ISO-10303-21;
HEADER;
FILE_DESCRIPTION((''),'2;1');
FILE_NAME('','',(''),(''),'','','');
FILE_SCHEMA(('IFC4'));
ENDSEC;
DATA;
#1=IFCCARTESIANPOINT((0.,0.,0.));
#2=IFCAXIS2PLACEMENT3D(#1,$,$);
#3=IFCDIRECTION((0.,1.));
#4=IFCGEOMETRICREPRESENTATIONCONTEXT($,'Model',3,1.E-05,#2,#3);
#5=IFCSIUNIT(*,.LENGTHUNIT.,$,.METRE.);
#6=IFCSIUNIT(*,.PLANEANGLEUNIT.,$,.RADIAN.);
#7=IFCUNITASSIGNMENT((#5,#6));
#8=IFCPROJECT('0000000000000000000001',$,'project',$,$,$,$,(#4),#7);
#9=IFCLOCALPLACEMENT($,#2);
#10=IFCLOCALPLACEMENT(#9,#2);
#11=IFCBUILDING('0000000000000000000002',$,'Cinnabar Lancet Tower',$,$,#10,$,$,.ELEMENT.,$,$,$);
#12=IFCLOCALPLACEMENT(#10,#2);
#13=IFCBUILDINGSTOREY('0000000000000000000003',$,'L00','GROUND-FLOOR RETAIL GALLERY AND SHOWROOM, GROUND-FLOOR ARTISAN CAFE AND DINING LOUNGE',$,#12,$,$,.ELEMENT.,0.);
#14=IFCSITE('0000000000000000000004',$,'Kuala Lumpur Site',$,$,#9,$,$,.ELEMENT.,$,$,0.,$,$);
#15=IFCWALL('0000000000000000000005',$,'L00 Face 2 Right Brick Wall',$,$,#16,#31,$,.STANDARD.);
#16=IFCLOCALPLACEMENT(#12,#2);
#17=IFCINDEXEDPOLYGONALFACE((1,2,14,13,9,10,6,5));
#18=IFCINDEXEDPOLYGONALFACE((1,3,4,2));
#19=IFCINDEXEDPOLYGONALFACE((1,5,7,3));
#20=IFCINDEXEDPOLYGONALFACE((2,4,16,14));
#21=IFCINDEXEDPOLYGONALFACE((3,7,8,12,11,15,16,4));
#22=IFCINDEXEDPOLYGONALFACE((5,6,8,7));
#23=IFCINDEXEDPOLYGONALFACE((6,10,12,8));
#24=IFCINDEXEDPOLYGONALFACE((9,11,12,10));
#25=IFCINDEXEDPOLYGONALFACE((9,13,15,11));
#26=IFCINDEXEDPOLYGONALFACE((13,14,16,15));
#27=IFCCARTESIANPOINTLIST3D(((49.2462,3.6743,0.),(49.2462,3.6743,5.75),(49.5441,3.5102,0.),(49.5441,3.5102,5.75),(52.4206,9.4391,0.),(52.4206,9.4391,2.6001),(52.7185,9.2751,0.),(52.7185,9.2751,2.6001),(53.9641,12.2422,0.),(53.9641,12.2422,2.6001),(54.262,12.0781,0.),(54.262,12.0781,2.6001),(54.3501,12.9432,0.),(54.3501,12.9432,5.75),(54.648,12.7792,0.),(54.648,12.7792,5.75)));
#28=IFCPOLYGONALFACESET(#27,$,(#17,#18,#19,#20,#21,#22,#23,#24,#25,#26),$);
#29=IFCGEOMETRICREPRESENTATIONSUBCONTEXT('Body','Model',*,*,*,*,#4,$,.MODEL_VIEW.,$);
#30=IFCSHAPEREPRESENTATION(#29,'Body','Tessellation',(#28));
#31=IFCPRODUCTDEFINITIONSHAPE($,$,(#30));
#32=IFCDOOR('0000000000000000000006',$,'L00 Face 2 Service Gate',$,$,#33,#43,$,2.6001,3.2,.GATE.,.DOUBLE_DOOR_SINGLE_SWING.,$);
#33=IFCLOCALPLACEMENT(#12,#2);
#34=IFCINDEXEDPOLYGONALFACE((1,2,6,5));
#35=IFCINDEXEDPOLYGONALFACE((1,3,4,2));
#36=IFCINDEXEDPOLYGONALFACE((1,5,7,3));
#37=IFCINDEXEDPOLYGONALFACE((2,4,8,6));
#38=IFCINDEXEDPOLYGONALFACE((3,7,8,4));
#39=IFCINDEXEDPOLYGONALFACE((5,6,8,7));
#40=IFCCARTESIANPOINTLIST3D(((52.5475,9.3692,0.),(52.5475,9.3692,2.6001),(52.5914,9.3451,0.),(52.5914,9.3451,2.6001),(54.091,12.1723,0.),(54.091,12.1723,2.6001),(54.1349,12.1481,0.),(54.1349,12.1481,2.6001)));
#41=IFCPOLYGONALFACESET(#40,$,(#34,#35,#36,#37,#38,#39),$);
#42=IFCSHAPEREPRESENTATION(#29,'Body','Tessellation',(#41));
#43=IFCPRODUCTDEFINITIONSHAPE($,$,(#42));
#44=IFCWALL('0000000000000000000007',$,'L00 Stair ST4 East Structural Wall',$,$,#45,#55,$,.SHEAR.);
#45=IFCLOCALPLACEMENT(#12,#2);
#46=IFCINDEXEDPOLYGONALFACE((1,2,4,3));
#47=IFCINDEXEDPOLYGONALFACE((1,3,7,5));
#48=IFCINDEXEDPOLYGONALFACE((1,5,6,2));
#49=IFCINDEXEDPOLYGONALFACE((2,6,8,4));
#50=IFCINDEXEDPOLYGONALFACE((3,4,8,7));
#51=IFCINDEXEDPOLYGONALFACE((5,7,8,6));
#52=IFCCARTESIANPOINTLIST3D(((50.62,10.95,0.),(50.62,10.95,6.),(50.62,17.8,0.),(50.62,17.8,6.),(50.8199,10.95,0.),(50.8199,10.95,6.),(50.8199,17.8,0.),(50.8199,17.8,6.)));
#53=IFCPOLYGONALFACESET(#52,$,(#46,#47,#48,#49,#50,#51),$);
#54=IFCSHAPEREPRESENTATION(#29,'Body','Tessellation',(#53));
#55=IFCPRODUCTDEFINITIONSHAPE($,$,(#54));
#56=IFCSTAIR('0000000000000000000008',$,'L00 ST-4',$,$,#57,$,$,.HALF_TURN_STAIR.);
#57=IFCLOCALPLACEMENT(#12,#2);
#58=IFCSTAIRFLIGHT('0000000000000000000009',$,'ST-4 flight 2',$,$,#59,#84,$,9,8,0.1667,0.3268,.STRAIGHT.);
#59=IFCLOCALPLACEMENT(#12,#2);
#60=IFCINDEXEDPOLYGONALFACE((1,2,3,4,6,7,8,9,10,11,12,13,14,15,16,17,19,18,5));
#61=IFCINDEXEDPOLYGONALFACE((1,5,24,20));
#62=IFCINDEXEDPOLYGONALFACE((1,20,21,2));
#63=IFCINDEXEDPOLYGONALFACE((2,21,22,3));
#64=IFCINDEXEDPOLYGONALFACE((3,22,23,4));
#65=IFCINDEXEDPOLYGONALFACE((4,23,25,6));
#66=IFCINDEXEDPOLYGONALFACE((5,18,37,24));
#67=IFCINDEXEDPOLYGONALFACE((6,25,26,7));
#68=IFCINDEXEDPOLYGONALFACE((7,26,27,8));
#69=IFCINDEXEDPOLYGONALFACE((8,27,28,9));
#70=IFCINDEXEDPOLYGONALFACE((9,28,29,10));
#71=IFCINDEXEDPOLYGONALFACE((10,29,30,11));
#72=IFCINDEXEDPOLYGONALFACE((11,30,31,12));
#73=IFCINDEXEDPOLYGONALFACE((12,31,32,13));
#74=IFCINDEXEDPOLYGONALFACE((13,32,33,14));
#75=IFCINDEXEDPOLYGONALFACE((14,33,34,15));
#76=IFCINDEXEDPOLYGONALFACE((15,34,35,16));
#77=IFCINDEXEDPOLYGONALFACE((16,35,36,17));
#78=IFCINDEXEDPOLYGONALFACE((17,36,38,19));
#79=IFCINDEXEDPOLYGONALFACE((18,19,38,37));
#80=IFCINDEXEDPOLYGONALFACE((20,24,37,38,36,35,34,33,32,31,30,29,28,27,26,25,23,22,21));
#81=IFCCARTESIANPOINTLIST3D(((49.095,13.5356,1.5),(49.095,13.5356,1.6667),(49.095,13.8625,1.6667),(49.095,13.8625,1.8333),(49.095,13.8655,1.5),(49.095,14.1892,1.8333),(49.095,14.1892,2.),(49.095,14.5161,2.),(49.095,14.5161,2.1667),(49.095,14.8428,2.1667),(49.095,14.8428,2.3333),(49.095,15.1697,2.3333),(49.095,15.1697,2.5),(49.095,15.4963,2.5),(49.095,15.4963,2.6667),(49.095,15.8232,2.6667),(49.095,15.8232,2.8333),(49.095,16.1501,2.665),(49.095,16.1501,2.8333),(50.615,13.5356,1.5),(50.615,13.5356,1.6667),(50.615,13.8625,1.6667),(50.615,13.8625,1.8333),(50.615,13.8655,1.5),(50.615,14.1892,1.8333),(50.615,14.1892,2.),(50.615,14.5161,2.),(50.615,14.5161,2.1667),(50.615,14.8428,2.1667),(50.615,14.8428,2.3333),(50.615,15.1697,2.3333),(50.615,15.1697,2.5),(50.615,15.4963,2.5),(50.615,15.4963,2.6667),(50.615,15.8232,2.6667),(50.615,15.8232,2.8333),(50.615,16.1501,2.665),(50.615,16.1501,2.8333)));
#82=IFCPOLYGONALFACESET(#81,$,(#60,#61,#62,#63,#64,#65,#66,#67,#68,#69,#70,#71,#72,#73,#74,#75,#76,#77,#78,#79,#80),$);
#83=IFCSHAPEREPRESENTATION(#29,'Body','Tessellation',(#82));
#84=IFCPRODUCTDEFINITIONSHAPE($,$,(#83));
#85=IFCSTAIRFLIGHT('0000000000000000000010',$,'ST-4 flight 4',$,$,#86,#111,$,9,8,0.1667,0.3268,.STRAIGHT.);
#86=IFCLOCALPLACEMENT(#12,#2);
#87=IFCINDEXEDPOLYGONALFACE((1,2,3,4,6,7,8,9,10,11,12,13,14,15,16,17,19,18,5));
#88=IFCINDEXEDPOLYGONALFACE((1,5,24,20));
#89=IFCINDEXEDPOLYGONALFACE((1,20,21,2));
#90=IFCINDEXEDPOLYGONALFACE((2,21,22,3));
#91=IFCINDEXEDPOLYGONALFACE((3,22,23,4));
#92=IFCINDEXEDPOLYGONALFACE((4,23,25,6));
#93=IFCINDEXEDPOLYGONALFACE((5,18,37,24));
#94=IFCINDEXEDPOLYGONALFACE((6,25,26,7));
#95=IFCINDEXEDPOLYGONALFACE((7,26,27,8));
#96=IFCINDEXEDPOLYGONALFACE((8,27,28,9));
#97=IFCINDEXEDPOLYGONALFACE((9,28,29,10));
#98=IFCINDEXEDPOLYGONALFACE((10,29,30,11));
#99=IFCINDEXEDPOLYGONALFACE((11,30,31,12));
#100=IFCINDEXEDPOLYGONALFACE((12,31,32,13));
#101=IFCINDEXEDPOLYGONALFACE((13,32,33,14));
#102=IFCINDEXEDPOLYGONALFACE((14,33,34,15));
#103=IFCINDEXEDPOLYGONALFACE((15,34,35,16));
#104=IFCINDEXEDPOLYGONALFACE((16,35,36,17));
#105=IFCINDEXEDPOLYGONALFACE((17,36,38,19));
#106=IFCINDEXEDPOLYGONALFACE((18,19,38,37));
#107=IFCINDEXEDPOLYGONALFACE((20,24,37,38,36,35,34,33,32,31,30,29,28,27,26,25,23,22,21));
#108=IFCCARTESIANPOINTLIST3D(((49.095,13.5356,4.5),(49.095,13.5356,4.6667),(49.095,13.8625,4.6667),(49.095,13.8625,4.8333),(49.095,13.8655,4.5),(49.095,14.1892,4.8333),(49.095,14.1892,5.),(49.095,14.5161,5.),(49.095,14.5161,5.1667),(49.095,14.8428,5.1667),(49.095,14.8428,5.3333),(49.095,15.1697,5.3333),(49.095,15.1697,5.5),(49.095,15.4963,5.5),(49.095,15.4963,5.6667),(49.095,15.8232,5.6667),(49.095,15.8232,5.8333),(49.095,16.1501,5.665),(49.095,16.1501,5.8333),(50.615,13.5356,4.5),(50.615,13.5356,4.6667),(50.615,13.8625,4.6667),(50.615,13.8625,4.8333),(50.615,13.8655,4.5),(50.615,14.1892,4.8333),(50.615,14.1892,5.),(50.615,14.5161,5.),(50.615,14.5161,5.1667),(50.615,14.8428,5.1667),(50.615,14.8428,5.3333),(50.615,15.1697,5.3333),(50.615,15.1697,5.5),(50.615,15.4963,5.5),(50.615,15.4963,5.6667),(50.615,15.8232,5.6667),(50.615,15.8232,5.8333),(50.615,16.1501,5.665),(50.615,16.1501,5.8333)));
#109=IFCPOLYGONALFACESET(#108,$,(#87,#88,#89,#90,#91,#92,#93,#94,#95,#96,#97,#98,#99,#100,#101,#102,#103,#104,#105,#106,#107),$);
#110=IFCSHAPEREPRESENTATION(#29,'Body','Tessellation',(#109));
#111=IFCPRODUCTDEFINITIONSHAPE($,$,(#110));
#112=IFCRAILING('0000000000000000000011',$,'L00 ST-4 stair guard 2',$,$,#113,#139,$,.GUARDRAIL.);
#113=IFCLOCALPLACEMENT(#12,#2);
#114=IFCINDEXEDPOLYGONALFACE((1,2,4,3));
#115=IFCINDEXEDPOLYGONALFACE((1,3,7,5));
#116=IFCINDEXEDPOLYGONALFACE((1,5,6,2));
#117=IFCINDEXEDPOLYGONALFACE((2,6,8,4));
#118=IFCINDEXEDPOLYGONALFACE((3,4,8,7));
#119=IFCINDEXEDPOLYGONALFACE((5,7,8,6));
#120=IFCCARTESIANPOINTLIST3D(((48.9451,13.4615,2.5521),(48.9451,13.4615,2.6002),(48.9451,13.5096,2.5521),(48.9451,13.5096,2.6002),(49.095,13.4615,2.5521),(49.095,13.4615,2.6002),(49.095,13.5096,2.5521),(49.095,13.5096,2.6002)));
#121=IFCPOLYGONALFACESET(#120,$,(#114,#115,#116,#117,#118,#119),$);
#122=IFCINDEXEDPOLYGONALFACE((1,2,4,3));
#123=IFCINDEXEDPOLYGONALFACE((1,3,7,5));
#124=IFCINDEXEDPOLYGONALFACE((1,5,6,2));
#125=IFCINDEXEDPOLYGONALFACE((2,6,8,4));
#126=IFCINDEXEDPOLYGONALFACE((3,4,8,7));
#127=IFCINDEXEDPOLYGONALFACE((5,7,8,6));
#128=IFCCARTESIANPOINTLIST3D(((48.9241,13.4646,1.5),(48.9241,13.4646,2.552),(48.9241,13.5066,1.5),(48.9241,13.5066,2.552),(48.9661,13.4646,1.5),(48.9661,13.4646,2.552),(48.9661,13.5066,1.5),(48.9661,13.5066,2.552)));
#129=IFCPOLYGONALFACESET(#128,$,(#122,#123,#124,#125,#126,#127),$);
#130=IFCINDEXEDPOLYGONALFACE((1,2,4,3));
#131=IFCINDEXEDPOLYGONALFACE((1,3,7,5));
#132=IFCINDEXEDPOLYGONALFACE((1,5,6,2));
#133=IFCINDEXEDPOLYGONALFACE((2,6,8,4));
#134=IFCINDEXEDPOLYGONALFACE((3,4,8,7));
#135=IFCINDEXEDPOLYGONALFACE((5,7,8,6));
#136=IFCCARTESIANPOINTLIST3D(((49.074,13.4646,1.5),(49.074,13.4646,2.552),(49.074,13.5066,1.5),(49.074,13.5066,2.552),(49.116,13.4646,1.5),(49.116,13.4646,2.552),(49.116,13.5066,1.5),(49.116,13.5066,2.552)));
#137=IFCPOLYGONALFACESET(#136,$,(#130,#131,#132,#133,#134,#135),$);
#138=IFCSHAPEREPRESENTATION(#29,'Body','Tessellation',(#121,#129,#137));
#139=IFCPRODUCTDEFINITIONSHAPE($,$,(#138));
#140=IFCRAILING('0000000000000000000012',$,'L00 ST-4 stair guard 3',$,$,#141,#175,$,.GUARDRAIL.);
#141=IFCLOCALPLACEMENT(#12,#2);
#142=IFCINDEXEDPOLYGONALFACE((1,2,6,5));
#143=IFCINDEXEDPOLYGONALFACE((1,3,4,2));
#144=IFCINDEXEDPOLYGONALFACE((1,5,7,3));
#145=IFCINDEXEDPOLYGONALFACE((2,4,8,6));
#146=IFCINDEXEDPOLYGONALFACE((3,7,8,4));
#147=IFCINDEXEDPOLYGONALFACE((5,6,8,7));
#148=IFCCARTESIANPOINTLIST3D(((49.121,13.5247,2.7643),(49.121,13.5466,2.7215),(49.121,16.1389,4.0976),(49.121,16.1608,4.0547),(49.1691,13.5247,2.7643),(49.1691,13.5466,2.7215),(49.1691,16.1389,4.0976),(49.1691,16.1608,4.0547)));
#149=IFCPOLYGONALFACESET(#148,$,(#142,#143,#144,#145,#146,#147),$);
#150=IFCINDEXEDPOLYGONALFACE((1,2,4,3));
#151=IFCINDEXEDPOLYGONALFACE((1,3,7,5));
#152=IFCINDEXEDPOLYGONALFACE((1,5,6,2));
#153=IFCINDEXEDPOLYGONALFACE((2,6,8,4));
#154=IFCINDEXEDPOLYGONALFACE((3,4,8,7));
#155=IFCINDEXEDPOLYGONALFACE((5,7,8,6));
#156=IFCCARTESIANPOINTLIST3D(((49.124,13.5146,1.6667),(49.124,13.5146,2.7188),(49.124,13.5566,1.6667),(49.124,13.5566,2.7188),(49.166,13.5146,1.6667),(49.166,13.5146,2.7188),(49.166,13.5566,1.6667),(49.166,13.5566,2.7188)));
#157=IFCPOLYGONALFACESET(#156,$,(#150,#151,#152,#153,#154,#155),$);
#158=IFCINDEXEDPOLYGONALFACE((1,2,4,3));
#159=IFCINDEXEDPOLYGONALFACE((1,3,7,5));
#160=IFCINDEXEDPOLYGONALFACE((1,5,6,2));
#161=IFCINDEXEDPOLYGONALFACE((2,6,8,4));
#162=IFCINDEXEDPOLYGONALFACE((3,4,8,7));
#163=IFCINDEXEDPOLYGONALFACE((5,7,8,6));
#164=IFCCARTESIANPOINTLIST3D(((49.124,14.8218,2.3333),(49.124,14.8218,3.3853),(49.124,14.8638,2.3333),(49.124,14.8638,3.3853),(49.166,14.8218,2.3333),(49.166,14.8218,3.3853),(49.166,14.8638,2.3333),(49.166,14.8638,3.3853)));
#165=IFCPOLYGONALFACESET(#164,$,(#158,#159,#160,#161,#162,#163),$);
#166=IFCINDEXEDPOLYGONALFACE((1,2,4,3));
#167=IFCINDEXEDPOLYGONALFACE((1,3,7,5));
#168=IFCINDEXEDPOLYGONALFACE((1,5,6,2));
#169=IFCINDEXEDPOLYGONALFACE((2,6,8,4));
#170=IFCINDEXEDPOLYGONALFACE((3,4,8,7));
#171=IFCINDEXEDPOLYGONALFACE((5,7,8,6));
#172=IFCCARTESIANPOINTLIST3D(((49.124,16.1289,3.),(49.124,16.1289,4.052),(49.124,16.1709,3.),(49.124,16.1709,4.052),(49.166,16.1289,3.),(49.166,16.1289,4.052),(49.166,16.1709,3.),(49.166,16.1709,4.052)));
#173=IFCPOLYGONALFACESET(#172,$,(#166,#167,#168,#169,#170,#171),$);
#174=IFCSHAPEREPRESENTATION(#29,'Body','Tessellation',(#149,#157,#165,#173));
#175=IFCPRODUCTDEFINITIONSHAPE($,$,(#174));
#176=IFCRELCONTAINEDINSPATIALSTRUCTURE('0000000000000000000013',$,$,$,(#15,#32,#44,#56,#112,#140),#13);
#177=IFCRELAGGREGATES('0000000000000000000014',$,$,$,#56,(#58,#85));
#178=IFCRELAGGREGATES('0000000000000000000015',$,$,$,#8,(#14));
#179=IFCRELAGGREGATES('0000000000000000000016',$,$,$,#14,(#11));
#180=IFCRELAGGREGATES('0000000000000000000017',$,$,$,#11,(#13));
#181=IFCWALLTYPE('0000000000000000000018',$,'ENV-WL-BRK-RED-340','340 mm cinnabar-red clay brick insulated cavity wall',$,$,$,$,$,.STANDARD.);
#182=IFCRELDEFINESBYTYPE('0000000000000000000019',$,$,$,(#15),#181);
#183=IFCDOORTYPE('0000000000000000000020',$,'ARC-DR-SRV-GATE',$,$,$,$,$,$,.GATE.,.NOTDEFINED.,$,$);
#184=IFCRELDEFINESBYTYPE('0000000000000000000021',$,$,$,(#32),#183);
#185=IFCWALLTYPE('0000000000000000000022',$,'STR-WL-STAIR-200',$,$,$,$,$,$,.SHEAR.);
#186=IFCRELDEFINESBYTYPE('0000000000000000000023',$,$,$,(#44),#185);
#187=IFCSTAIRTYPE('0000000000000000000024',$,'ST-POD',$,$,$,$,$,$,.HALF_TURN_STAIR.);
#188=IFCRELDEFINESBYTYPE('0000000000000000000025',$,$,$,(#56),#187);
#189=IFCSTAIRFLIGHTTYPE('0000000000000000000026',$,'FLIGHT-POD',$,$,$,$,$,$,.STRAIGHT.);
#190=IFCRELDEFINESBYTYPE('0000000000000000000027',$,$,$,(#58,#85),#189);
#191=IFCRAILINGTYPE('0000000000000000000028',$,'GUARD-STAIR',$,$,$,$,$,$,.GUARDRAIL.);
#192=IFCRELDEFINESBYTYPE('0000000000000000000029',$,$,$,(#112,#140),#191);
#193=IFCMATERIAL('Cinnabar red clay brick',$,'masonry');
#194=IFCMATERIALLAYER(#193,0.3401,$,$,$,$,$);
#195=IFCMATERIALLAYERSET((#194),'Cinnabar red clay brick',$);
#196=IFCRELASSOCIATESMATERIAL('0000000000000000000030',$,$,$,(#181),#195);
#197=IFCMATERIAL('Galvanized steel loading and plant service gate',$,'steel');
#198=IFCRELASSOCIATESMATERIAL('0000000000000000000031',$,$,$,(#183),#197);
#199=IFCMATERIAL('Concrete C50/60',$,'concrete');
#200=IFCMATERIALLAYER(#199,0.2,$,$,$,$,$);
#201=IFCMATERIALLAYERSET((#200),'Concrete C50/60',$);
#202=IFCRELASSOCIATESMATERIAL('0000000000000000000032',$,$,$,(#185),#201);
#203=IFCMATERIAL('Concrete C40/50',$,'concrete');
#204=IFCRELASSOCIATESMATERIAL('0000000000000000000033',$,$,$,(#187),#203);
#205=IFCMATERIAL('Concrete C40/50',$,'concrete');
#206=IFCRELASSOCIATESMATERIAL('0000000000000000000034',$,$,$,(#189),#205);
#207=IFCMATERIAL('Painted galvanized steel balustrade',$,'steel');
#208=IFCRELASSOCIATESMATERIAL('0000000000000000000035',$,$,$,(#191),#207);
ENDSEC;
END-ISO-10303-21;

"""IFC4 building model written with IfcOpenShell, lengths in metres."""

from ifc_helpers import new_model, si_unit, direction, frame, frame_2d, origin, origin_2d, place, context, subcontext, project, spatial, polyline, rectangle, outline, extrude, material, layer, layer_set, type_object, element, fill, aggregate, save


model = new_model("IFC4")

# Units and contexts
model_context = context("Model", 3, precision=1e-05, world=origin(), true_north=direction((0.0, 1.0)))
body_context = subcontext(model_context, "Body", "Model", "MODEL_VIEW")
ifc_project = project(units=[si_unit("LENGTHUNIT", "METRE"), si_unit("PLANEANGLEUNIT", "RADIAN")], contexts=[model_context])

# Site, building, storey
site_placement = place(None, origin())
site = spatial("IfcSite", under=ifc_project, at=site_placement, Name="Kuala Lumpur Site", CompositionType="ELEMENT", RefElevation=0.0)
building_placement = place(site_placement, origin())
building = spatial("IfcBuilding", under=site, at=building_placement, Name="Cinnabar Lancet Tower", CompositionType="ELEMENT")
storey_placement = place(building_placement, origin())
storey = spatial("IfcBuildingStorey", under=building, at=storey_placement, Name="L00", Description="GROUND-FLOOR RETAIL GALLERY AND SHOWROOM, GROUND-FLOOR ARTISAN CAFE AND DINING LOUNGE", CompositionType="ELEMENT", Elevation=0.0)

# Shared definitions
ifc_material_1 = material(Name="Cinnabar red clay brick", Category="masonry")
ifc_layer_1 = layer(ifc_material_1, 0.3401)
ifc_layer_set_1 = layer_set([ifc_layer_1], Name="Cinnabar red clay brick")
wall_type_1 = type_object("IfcWallType", Name="ENV-WL-BRK-RED-340", Description="340 mm cinnabar-red clay brick insulated cavity wall", PredefinedType="STANDARD", material=ifc_layer_set_1)

# Wall, opening, door
wall_1_placement = place(storey_placement, frame((54.499, 12.8611, 0.0), z_axis=(0.0, 0.0, 1.0), x_axis=(-0.482356, -0.875975, 0.0)))
wall_1 = element("IfcWall", 1, at=wall_1_placement, inside=storey, type_object=wall_type_1, Name="L00 Face 2 Right Brick Wall", PredefinedType="STANDARD", context=body_context, shape_type="SweptSolid", body=[
    extrude(rectangle(XDim=10.5813, YDim=0.3401, at=frame_2d((5.2905, 0.0))), origin(), (0.0, 0.0, 1.0), 5.75),
])
opening_1_placement = place(wall_1_placement, frame((0.8, 0.0, 0.0)))
opening_1 = element("IfcOpeningElement", 2, at=opening_1_placement, cuts=wall_1, PredefinedType="OPENING", context=body_context, shape_type="SweptSolid", body=[
    extrude(rectangle(XDim=3.2, YDim=2.6001, at=frame_2d((1.6001, 1.3))), frame((0.0, 0.1799, 0.0), z_axis=(0.0, -1.0, 0.0), x_axis=(1.0, 0.0, 0.0)), (0.0, 0.0, 1.0), 0.3601),
])
ifc_material_2 = material(Name="Galvanized steel loading and plant service gate", Category="steel")
door_type_1 = type_object("IfcDoorType", Name="ARC-DR-SRV-GATE", OperationType="NOTDEFINED", PredefinedType="GATE", material=ifc_material_2)
door_1_placement = place(opening_1_placement, origin())
door_1 = element("IfcDoor", 3, at=door_1_placement, inside=storey, type_object=door_type_1, Name="L00 Face 2 Service Gate", OperationType="DOUBLE_DOOR_SINGLE_SWING", OverallHeight=2.6001, OverallWidth=3.2, PredefinedType="GATE", context=body_context, shape_type="SweptSolid", body=[
    extrude(rectangle(XDim=3.2, YDim=2.6001, at=frame_2d((1.6001, 1.3))), frame((0.0, 0.0249, 0.0), z_axis=(0.0, -1.0, 0.0), x_axis=(1.0, 0.0, 0.0)), (0.0, 0.0, 1.0), 0.05),
])
fill(opening_1, door_1)

# Wall
ifc_material_3 = material(Name="Concrete C50/60", Category="concrete")
ifc_layer_2 = layer(ifc_material_3, 0.2)
ifc_layer_set_2 = layer_set([ifc_layer_2], Name="Concrete C50/60")
wall_type_2 = type_object("IfcWallType", Name="STR-WL-STAIR-200", PredefinedType="SHEAR", material=ifc_layer_set_2)
wall_2_placement = place(storey_placement, frame((50.72, 10.95, 0.0), z_axis=(0.0, 0.0, 1.0), x_axis=(0.0, 1.0, 0.0)))
element("IfcWall", 4, at=wall_2_placement, inside=storey, type_object=wall_type_2, Name="L00 Stair ST4 East Structural Wall", PredefinedType="SHEAR", context=body_context, shape_type="SweptSolid", body=[
    extrude(rectangle(XDim=6.8501, YDim=0.2, at=frame_2d((3.425, 0.0))), origin(), (0.0, 0.0, 1.0), 6.0),
])

# Stair, stair flights
ifc_material_4 = material(Name="Concrete C40/50", Category="concrete")
stair_type = type_object("IfcStairType", Name="ST-POD", PredefinedType="HALF_TURN_STAIR", material=ifc_material_4)
stair_placement = place(storey_placement, origin())
stair = element("IfcStair", 5, at=stair_placement, inside=storey, type_object=stair_type, Name="L00 ST-4", PredefinedType="HALF_TURN_STAIR")
ifc_material_5 = material(Name="Concrete C40/50", Category="concrete")
stair_flight_type = type_object("IfcStairFlightType", Name="FLIGHT-POD", PredefinedType="STRAIGHT", material=ifc_material_5)
stair_flight_1_placement = place(storey_placement, frame((49.855, 13.5356, 1.5), z_axis=(0.0, 0.0, 1.0), x_axis=(0.0, 1.0, 0.0)))
stair_flight_1 = element("IfcStairFlight", 6, at=stair_flight_1_placement, type_object=stair_flight_type, Name="ST-4 flight 2", NumberOfRisers=9, NumberOfTreads=8, PredefinedType="STRAIGHT", RiserHeight=0.1667, TreadLength=0.3268, context=body_context, shape_type="SweptSolid", body=[
    extrude(outline(polyline([(0.0, 0.0), (0.0, 0.1667), (0.3269, 0.1667), (0.3269, 0.3333), (0.6536, 0.3333), (0.6536, 0.5), (0.9805, 0.5), (0.9805, 0.6667), (1.3071, 0.6667), (1.3071, 0.8333), (1.634, 0.8333), (1.634, 1.0), (1.9607, 1.0), (1.9607, 1.1667), (2.2876, 1.1667), (2.2876, 1.3333), (2.6145, 1.3333), (2.6145, 1.5), (2.6145, 1.165), (0.3298, 0.0), (0.0, 0.0)])), frame((0.0, 0.76, 0.0), z_axis=(0.0, -1.0, 0.0), x_axis=(1.0, 0.0, 0.0)), (0.0, 0.0, 1.0), 1.52),
])
stair_flight_2_placement = place(storey_placement, frame((49.855, 13.5356, 4.5), z_axis=(0.0, 0.0, 1.0), x_axis=(0.0, 1.0, 0.0)))
stair_flight_2 = element("IfcStairFlight", 7, at=stair_flight_2_placement, type_object=stair_flight_type, Name="ST-4 flight 4", NumberOfRisers=9, NumberOfTreads=8, PredefinedType="STRAIGHT", RiserHeight=0.1667, TreadLength=0.3268, context=body_context, shape_type="SweptSolid", body=[
    extrude(outline(polyline([(0.0, 0.0), (0.0, 0.1667), (0.3269, 0.1667), (0.3269, 0.3333), (0.6536, 0.3333), (0.6536, 0.5), (0.9805, 0.5), (0.9805, 0.6667), (1.3071, 0.6667), (1.3071, 0.8333), (1.634, 0.8333), (1.634, 1.0), (1.9607, 1.0), (1.9607, 1.1667), (2.2876, 1.1667), (2.2876, 1.3333), (2.6145, 1.3333), (2.6145, 1.5), (2.6145, 1.165), (0.3298, 0.0), (0.0, 0.0)])), frame((0.0, 0.76, 0.0), z_axis=(0.0, -1.0, 0.0), x_axis=(1.0, 0.0, 0.0)), (0.0, 0.0, 1.0), 1.52),
])
aggregate(stair, [stair_flight_1, stair_flight_2])

# Railings
ifc_material_6 = material(Name="Painted galvanized steel balustrade", Category="steel")
railing_type_1 = type_object("IfcRailingType", Name="GUARD-STAIR", PredefinedType="GUARDRAIL", material=ifc_material_6)
railing_1_placement = place(storey_placement, frame((48.9451, 13.4856, 1.5)))
element("IfcRailing", 8, at=railing_1_placement, inside=storey, type_object=railing_type_1, Name="L00 ST-4 stair guard 2", PredefinedType="GUARDRAIL", context=body_context, shape_type="SweptSolid", body=[
    extrude(rectangle(XDim=0.0481, YDim=0.0481, at=origin_2d()), frame((0.0, 0.0, 1.0762), z_axis=(1.0, 0.0, 0.0), x_axis=(0.0, 1.0, 0.0)), (0.0, 0.0, 1.0), 0.1499),
    extrude(rectangle(XDim=0.042, YDim=0.042, at=origin_2d()), origin(), (0.0, 0.0, 1.0), 1.052),
    extrude(rectangle(XDim=0.042, YDim=0.042, at=origin_2d()), frame((0.1499, 0.0, 0.0)), (0.0, 0.0, 1.0), 1.052),
])
railing_2_placement = place(storey_placement, frame((49.145, 13.5356, 1.6667)))
element("IfcRailing", 9, at=railing_2_placement, inside=storey, type_object=railing_type_1, Name="L00 ST-4 stair guard 3", PredefinedType="GUARDRAIL", context=body_context, shape_type="SweptSolid", body=[
    extrude(rectangle(XDim=0.0481, YDim=0.0481, at=origin_2d()), frame((0.0, 0.0, 1.0762), z_axis=(0.0, 0.890838, 0.454321), x_axis=(-1.0, 0.0, 0.0)), (0.0, 0.0, 1.0), 2.9346),
    extrude(rectangle(XDim=0.042, YDim=0.042, at=origin_2d()), origin(), (0.0, 0.0, 1.0), 1.052),
    extrude(rectangle(XDim=0.042, YDim=0.042, at=origin_2d()), frame((0.0, 1.3071, 0.6665)), (0.0, 0.0, 1.0), 1.052),
    extrude(rectangle(XDim=0.042, YDim=0.042, at=origin_2d()), frame((0.0, 2.6143, 1.3333)), (0.0, 0.0, 1.0), 1.052),
])

save(model, "model.ifc")
